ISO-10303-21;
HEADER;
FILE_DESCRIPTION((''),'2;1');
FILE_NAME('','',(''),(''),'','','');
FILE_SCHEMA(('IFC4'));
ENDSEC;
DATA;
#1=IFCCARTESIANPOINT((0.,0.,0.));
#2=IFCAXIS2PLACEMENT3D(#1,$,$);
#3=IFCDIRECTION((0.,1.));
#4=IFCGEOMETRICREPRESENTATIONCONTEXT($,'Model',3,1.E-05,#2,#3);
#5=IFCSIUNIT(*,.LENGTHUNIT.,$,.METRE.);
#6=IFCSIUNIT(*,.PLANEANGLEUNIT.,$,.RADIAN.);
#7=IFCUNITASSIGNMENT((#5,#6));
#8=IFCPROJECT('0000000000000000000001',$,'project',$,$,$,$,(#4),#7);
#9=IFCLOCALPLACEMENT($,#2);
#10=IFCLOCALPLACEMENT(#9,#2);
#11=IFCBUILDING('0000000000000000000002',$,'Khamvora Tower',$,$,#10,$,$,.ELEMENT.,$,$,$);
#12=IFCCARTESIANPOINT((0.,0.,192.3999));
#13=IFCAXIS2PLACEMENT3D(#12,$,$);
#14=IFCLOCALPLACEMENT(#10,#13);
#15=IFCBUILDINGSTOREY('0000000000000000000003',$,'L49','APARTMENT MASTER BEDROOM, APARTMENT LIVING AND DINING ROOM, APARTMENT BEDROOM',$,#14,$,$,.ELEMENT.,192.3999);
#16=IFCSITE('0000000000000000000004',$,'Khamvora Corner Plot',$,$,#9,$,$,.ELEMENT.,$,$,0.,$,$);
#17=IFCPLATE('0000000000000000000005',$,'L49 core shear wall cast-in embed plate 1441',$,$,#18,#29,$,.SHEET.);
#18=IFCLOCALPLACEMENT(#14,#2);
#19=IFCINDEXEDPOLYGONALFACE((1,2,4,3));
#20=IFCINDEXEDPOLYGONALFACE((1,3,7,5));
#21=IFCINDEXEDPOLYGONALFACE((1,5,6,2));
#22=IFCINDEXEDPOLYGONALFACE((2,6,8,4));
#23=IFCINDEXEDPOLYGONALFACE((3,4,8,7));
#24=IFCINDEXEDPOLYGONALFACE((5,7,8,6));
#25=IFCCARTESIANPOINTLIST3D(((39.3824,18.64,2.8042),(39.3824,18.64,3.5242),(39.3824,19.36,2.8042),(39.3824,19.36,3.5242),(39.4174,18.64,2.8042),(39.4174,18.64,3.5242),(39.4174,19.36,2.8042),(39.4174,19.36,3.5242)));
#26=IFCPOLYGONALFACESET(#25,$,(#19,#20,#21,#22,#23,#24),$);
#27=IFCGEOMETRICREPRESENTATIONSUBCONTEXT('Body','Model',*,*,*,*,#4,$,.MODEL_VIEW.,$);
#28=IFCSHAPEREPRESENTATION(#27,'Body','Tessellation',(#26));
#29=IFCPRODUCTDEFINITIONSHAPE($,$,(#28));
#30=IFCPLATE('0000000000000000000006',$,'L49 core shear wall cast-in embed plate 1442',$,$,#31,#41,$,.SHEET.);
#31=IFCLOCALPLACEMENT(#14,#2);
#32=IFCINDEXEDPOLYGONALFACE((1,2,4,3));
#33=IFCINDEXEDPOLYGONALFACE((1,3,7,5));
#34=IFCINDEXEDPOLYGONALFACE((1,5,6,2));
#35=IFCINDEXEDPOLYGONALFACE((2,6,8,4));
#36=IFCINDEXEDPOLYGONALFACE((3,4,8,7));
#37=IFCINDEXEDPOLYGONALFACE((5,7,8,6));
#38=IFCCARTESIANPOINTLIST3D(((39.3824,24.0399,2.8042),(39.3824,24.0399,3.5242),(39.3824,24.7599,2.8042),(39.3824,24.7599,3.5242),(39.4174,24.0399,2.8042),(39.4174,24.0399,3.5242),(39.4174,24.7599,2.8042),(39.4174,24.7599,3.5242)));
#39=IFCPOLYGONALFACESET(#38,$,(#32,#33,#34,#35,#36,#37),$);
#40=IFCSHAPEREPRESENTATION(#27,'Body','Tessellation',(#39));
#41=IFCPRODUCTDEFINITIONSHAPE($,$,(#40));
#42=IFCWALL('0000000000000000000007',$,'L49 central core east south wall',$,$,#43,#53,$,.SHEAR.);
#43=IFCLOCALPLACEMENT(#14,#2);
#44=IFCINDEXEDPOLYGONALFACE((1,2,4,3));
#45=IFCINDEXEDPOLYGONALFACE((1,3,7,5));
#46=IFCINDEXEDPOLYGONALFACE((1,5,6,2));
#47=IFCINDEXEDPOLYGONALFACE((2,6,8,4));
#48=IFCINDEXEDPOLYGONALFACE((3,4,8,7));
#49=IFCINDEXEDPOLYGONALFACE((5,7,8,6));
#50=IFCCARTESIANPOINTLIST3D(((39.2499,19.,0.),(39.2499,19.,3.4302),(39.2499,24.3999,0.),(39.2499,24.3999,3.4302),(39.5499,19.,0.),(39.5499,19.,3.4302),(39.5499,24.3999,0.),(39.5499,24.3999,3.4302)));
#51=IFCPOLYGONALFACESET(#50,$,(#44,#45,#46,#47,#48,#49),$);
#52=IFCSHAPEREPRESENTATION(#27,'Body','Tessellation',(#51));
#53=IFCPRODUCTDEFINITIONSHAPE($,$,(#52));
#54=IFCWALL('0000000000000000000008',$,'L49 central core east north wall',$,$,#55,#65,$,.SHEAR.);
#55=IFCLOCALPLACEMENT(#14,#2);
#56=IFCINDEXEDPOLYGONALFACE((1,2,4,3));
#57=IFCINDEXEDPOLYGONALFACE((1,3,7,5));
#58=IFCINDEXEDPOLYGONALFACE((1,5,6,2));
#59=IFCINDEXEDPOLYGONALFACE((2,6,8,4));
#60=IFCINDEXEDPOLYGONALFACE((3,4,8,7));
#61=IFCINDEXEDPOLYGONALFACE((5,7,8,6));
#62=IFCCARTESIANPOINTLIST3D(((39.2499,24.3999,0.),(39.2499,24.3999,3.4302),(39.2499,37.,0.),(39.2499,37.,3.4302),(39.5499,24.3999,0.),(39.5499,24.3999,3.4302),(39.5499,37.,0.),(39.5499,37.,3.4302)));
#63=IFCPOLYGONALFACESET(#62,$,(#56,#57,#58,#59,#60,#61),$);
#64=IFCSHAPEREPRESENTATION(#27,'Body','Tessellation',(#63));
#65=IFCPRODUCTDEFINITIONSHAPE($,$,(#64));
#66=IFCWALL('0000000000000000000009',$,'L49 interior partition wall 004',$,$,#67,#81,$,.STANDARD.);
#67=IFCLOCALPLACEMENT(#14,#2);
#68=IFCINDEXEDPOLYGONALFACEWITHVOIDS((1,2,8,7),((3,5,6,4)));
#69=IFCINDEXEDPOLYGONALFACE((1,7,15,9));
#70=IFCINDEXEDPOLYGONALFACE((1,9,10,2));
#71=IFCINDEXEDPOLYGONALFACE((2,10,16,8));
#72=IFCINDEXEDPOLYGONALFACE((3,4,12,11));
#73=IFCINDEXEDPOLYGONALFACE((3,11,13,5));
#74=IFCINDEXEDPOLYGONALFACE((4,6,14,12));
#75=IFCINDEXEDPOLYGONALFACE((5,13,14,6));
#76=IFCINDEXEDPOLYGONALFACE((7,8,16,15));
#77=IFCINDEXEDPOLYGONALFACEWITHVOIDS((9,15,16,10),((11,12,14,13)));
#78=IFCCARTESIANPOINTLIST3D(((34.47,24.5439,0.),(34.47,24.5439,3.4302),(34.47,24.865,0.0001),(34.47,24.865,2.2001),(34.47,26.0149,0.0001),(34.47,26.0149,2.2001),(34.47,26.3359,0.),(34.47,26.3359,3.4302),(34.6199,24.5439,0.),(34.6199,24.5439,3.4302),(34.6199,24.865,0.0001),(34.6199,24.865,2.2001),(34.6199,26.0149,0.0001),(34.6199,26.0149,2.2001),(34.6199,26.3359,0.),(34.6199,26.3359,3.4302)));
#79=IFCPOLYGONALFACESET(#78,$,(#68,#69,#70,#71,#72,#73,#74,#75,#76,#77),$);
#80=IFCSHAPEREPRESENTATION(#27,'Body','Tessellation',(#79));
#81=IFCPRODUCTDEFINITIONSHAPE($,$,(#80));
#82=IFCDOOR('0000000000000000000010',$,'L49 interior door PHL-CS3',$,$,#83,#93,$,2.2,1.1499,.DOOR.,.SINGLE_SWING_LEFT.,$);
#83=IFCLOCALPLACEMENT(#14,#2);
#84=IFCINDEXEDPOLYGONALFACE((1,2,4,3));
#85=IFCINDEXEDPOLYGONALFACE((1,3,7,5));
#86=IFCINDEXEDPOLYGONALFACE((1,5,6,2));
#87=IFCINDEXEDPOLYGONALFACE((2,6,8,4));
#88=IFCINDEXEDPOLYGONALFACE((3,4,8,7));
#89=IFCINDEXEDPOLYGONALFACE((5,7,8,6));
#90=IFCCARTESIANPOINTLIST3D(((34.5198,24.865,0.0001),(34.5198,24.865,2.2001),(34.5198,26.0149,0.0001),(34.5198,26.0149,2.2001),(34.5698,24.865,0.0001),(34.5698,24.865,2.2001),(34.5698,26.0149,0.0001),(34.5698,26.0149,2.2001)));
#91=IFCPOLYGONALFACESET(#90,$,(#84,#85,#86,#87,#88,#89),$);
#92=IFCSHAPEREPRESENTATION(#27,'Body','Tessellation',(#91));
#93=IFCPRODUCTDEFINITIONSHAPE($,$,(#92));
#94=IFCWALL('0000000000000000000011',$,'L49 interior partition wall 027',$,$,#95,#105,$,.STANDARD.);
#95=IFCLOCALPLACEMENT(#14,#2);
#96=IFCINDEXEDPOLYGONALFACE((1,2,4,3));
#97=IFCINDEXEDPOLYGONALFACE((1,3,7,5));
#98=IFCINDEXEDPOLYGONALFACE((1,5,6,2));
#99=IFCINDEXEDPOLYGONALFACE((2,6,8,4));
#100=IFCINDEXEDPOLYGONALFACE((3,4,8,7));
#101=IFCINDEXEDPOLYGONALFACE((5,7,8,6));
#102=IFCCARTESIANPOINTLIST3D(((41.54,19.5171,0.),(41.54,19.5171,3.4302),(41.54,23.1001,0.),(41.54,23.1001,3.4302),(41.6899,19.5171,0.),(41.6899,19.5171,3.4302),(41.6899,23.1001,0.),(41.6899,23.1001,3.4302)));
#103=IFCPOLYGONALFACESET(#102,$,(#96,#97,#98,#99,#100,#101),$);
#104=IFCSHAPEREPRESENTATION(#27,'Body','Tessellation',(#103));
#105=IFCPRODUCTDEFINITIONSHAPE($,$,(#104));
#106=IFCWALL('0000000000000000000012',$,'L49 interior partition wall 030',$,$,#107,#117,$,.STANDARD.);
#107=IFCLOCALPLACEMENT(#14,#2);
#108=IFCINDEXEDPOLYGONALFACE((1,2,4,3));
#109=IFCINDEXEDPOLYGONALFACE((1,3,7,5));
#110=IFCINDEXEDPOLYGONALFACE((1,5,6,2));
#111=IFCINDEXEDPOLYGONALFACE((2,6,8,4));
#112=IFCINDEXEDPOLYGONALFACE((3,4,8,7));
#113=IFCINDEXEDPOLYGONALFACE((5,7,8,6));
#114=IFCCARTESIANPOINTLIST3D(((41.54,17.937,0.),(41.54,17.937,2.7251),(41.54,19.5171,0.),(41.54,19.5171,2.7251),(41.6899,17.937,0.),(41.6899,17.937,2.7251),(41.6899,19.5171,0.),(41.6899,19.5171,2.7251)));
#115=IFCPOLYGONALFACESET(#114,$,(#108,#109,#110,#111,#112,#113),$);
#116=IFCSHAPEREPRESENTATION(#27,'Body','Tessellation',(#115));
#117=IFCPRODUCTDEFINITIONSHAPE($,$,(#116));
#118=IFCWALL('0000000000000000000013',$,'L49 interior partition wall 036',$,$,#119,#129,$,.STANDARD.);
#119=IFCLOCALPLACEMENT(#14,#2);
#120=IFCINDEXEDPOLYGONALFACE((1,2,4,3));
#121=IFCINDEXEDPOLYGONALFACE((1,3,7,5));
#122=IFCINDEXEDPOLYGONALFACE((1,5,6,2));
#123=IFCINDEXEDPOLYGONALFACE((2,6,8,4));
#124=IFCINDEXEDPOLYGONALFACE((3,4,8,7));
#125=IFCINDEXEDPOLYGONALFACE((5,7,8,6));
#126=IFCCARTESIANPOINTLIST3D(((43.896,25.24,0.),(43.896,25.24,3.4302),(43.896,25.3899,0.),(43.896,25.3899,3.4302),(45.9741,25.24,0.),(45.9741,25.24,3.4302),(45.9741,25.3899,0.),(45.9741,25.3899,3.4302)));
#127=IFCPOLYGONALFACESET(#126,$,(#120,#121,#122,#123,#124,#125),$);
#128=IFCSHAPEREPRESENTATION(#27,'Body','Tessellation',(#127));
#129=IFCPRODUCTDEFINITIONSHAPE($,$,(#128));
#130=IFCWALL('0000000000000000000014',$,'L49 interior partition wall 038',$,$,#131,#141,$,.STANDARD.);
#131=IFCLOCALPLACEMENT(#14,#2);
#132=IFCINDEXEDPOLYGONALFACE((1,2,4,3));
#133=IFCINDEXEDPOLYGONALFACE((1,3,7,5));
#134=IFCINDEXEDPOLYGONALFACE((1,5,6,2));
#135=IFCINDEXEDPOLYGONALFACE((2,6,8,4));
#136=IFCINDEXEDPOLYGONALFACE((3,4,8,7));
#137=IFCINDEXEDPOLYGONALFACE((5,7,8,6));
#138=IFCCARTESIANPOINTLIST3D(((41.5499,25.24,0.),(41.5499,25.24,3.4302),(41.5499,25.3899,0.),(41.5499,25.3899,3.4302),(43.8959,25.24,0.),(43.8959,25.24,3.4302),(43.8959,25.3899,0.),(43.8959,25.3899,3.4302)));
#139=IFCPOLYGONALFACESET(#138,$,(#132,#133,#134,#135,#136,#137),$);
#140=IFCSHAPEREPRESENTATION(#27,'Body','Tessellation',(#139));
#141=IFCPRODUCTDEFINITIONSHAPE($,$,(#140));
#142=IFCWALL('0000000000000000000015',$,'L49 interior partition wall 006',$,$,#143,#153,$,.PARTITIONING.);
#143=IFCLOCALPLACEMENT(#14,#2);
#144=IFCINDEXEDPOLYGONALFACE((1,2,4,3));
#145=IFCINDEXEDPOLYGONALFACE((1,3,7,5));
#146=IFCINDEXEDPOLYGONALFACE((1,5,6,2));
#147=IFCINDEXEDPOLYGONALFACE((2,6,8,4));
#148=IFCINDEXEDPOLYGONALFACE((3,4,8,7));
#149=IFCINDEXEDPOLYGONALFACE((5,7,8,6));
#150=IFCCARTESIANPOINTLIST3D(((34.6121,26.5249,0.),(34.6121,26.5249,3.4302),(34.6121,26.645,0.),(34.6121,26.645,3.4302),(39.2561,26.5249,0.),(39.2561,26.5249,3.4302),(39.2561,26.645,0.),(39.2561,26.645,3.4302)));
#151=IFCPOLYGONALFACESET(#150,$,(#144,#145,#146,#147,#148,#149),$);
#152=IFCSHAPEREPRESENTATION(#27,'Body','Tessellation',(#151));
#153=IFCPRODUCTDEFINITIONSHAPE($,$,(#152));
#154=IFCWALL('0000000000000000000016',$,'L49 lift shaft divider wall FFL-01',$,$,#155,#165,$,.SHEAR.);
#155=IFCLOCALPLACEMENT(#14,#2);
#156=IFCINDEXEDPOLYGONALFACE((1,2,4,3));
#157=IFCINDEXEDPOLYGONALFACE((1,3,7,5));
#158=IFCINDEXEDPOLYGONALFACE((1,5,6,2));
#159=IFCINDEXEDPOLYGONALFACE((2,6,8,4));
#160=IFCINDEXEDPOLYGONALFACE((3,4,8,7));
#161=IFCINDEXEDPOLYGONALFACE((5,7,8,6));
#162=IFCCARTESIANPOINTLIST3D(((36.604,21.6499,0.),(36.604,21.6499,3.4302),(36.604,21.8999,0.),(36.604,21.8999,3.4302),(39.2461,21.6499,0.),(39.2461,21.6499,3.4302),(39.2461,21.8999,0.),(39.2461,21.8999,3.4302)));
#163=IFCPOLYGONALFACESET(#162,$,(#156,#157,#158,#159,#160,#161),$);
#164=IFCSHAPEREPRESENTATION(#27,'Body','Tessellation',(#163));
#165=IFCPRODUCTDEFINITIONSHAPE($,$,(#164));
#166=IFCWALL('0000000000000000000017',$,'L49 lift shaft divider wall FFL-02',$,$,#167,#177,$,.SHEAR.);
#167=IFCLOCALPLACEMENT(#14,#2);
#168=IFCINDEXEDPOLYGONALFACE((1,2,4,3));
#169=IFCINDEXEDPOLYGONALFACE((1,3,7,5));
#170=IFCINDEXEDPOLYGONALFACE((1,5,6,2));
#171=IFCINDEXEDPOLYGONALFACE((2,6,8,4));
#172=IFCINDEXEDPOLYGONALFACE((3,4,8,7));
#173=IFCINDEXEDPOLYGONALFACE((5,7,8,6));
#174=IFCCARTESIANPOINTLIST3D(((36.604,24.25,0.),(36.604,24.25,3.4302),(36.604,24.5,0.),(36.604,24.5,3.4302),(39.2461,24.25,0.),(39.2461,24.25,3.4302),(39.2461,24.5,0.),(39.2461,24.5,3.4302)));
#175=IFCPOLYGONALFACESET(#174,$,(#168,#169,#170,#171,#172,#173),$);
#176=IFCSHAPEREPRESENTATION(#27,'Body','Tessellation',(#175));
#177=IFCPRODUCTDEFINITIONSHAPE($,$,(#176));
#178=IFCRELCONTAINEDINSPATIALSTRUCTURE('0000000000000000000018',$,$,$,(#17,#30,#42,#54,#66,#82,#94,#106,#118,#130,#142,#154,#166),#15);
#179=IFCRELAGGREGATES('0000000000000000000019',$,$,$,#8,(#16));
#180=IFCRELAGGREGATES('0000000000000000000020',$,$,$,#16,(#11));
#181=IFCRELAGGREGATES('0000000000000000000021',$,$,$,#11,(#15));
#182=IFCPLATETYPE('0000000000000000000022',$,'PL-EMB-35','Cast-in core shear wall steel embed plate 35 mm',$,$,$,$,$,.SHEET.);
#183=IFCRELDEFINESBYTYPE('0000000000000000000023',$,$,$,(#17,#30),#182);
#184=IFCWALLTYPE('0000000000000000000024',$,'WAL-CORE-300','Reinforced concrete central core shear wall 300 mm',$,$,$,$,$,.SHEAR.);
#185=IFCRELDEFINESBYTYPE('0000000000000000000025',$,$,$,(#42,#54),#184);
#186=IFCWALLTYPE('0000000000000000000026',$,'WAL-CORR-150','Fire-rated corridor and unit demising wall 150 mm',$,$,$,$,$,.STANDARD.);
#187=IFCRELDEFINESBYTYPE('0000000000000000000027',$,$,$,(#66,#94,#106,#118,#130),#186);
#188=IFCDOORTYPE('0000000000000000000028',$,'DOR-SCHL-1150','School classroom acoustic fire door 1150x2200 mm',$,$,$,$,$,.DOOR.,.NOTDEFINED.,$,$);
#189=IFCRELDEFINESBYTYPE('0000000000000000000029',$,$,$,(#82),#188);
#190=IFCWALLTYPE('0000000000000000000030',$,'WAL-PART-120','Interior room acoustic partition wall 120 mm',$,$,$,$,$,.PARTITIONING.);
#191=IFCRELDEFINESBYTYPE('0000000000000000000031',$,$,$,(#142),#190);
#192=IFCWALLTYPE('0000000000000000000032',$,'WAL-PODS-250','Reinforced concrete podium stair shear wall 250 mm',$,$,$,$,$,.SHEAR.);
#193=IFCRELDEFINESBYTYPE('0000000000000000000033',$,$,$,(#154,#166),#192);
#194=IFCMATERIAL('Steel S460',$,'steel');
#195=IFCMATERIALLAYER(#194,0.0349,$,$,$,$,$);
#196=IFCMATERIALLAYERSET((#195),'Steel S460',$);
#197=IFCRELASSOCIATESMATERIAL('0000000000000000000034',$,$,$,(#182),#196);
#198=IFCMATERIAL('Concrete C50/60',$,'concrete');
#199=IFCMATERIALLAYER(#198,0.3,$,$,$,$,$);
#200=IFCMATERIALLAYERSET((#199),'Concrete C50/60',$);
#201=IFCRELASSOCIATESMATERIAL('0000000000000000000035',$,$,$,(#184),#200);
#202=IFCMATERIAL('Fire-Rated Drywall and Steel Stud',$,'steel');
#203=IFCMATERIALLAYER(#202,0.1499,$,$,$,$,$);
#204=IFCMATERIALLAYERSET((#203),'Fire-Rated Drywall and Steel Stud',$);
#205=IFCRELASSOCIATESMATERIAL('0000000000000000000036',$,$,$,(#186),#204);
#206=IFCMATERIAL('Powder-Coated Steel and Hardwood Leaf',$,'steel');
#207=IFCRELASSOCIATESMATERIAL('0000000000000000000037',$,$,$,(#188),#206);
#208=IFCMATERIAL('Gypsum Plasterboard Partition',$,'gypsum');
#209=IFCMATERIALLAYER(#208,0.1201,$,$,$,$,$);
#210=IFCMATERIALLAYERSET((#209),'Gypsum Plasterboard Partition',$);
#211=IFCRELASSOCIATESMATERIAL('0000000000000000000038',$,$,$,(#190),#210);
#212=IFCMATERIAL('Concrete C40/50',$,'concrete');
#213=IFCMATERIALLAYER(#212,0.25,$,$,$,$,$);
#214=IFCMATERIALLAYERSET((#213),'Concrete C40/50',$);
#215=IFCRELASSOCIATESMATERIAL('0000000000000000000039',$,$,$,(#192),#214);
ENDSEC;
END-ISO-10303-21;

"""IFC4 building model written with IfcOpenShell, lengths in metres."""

from ifc_helpers import new_model, si_unit, direction, frame, frame_2d, origin, origin_2d, place, context, subcontext, project, spatial, rectangle, extrude, material, layer, layer_set, type_object, element, fill, save


model = new_model("IFC4")

# Units and contexts
model_context = context("Model", 3, precision=1e-05, world=origin(), true_north=direction((0.0, 1.0)))
body_context = subcontext(model_context, "Body", "Model", "MODEL_VIEW")
ifc_project = project(units=[si_unit("LENGTHUNIT", "METRE"), si_unit("PLANEANGLEUNIT", "RADIAN")], contexts=[model_context])

# Site, building, storey
site_placement = place(None, origin())
site = spatial("IfcSite", under=ifc_project, at=site_placement, Name="Khamvora Corner Plot", CompositionType="ELEMENT", RefElevation=0.0)
building_placement = place(site_placement, origin())
building = spatial("IfcBuilding", under=site, at=building_placement, Name="Khamvora Tower", CompositionType="ELEMENT")
storey_placement = place(building_placement, frame((0.0, 0.0, 192.3999)))
storey = spatial("IfcBuildingStorey", under=building, at=storey_placement, Name="L49", Description="APARTMENT MASTER BEDROOM, APARTMENT LIVING AND DINING ROOM, APARTMENT BEDROOM", CompositionType="ELEMENT", Elevation=192.3999)

# Shared definitions
ifc_material_1 = material(Name="Steel S460", Category="steel")

# Plates
ifc_layer_1 = layer(ifc_material_1, 0.0349)
ifc_layer_set_1 = layer_set([ifc_layer_1], Name="Steel S460")
plate_type = type_object("IfcPlateType", Name="PL-EMB-35", Description="Cast-in core shear wall steel embed plate 35 mm", PredefinedType="SHEET", material=ifc_layer_set_1)
for number, where, z_axis, x_axis, name in (
    (1, (39.3999, 19.0, 2.8042), (0.0, 0.0, 1.0), (1.0, 0.0, 0.0), "L49 core shear wall cast-in embed plate 1441"),
    (2, (39.3999, 24.3999, 2.8042), (0.0, 0.0, 1.0), (1.0, 0.0, 0.0), "L49 core shear wall cast-in embed plate 1442"),
):
    element("IfcPlate", number, at=place(storey_placement, frame(where, z_axis=z_axis, x_axis=x_axis)), inside=storey, type_object=plate_type, Name=name, PredefinedType="SHEET", context=body_context, shape_type="SweptSolid", body=[
        extrude(rectangle(XDim=0.0349, YDim=0.72, at=origin_2d()), origin(), (0.0, 0.0, 1.0), 0.72),
    ])

# Walls
ifc_material_2 = material(Name="Concrete C50/60", Category="concrete")
ifc_layer_2 = layer(ifc_material_2, 0.3)
ifc_layer_set_2 = layer_set([ifc_layer_2], Name="Concrete C50/60")
wall_type_1 = type_object("IfcWallType", Name="WAL-CORE-300", Description="Reinforced concrete central core shear wall 300 mm", PredefinedType="SHEAR", material=ifc_layer_set_2)
wall_1_placement = place(storey_placement, frame((39.3999, 19.0, 0.0), z_axis=(0.0, 0.0, 1.0), x_axis=(0.0, 1.0, 0.0)))
element("IfcWall", 3, at=wall_1_placement, inside=storey, type_object=wall_type_1, Name="L49 central core east south wall", PredefinedType="SHEAR", context=body_context, shape_type="SweptSolid", body=[
    extrude(rectangle(XDim=5.3999, YDim=0.3, at=frame_2d((2.7, 0.0))), origin(), (0.0, 0.0, 1.0), 3.4302),
])
wall_2_placement = place(storey_placement, frame((39.3999, 24.3999, 0.0), z_axis=(0.0, 0.0, 1.0), x_axis=(0.0, 1.0, 0.0)))
element("IfcWall", 4, at=wall_2_placement, inside=storey, type_object=wall_type_1, Name="L49 central core east north wall", PredefinedType="SHEAR", context=body_context, shape_type="SweptSolid", body=[
    extrude(rectangle(XDim=12.6001, YDim=0.3, at=frame_2d((6.3, 0.0))), origin(), (0.0, 0.0, 1.0), 3.4302),
])

# Shared definitions
ifc_material_3 = material(Name="Powder-Coated Steel and Hardwood Leaf", Category="steel")

# Wall, opening, door
ifc_material_4 = material(Name="Fire-Rated Drywall and Steel Stud", Category="steel")
ifc_layer_3 = layer(ifc_material_4, 0.1499)
ifc_layer_set_3 = layer_set([ifc_layer_3], Name="Fire-Rated Drywall and Steel Stud")
wall_type_2 = type_object("IfcWallType", Name="WAL-CORR-150", Description="Fire-rated corridor and unit demising wall 150 mm", PredefinedType="STANDARD", material=ifc_layer_set_3)
wall_3_placement = place(storey_placement, frame((34.5449, 26.3359, 0.0), z_axis=(0.0, 0.0, 1.0), x_axis=(0.0, -1.0, 0.0)))
wall_3 = element("IfcWall", 5, at=wall_3_placement, inside=storey, type_object=wall_type_2, Name="L49 interior partition wall 004", PredefinedType="STANDARD", context=body_context, shape_type="SweptSolid", body=[
    extrude(rectangle(XDim=1.792, YDim=0.1499, at=frame_2d((0.896, 0.0))), origin(), (0.0, 0.0, 1.0), 3.4302),
])
opening_1_placement = place(wall_3_placement, frame((0.321, 0.0, 0.0)))
opening_1 = element("IfcOpeningElement", 6, at=opening_1_placement, cuts=wall_3, PredefinedType="OPENING", context=body_context, shape_type="SweptSolid", body=[
    extrude(rectangle(XDim=1.1499, YDim=2.2, at=frame_2d((0.575, 1.1001))), frame((0.0, 0.085, 0.0), z_axis=(0.0, -1.0, 0.0), x_axis=(1.0, 0.0, 0.0)), (0.0, 0.0, 1.0), 0.1699),
])
door_type_1 = type_object("IfcDoorType", Name="DOR-SCHL-1150", Description="School classroom acoustic fire door 1150x2200 mm", OperationType="NOTDEFINED", PredefinedType="DOOR", material=ifc_material_3)
door_1_placement = place(opening_1_placement, origin())
door_1 = element("IfcDoor", 7, at=door_1_placement, inside=storey, type_object=door_type_1, Name="L49 interior door PHL-CS3", OperationType="SINGLE_SWING_LEFT", OverallHeight=2.2, OverallWidth=1.1499, PredefinedType="DOOR", context=body_context, shape_type="SweptSolid", body=[
    extrude(rectangle(XDim=1.1499, YDim=2.2, at=frame_2d((0.575, 1.1001))), frame((0.0, 0.0249, 0.0), z_axis=(0.0, -1.0, 0.0), x_axis=(1.0, 0.0, 0.0)), (0.0, 0.0, 1.0), 0.05),
])
fill(opening_1, door_1)

# Walls
wall_4_placement = place(storey_placement, frame((41.615, 23.1001, 0.0), z_axis=(0.0, 0.0, 1.0), x_axis=(0.0, -1.0, 0.0)))
element("IfcWall", 8, at=wall_4_placement, inside=storey, type_object=wall_type_2, Name="L49 interior partition wall 027", PredefinedType="STANDARD", context=body_context, shape_type="SweptSolid", body=[
    extrude(rectangle(XDim=3.583, YDim=0.1499, at=frame_2d((1.7915, 0.0))), origin(), (0.0, 0.0, 1.0), 3.4302),
])
wall_5_placement = place(storey_placement, frame((41.615, 19.5171, 0.0), z_axis=(0.0, 0.0, 1.0), x_axis=(0.0, -1.0, 0.0)))
element("IfcWall", 9, at=wall_5_placement, inside=storey, type_object=wall_type_2, Name="L49 interior partition wall 030", PredefinedType="STANDARD", context=body_context, shape_type="SweptSolid", body=[
    extrude(rectangle(XDim=1.5801, YDim=0.1499, at=frame_2d((0.79, 0.0))), origin(), (0.0, 0.0, 1.0), 2.7251),
])
wall_6_placement = place(storey_placement, frame((43.896, 25.3149, 0.0), z_axis=(0.0, 0.0, 1.0), x_axis=(1.0, 0.0, 0.0)))
element("IfcWall", 10, at=wall_6_placement, inside=storey, type_object=wall_type_2, Name="L49 interior partition wall 036", PredefinedType="STANDARD", context=body_context, shape_type="SweptSolid", body=[
    extrude(rectangle(XDim=2.0781, YDim=0.1499, at=frame_2d((1.0391, 0.0))), origin(), (0.0, 0.0, 1.0), 3.4302),
])
wall_7_placement = place(storey_placement, frame((41.55, 25.3149, 0.0), z_axis=(0.0, 0.0, 1.0), x_axis=(1.0, 0.0, 0.0)))
element("IfcWall", 11, at=wall_7_placement, inside=storey, type_object=wall_type_2, Name="L49 interior partition wall 038", PredefinedType="STANDARD", context=body_context, shape_type="SweptSolid", body=[
    extrude(rectangle(XDim=2.3459, YDim=0.1499, at=frame_2d((1.1729, 0.0))), origin(), (0.0, 0.0, 1.0), 3.4302),
])
ifc_material_5 = material(Name="Gypsum Plasterboard Partition", Category="gypsum")
ifc_layer_4 = layer(ifc_material_5, 0.1201)
ifc_layer_set_4 = layer_set([ifc_layer_4], Name="Gypsum Plasterboard Partition")
wall_type_3 = type_object("IfcWallType", Name="WAL-PART-120", Description="Interior room acoustic partition wall 120 mm", PredefinedType="PARTITIONING", material=ifc_layer_set_4)
wall_8_placement = place(storey_placement, frame((39.2561, 26.585, 0.0), z_axis=(0.0, 0.0, 1.0), x_axis=(-1.0, 0.0, 0.0)))
element("IfcWall", 12, at=wall_8_placement, inside=storey, type_object=wall_type_3, Name="L49 interior partition wall 006", PredefinedType="PARTITIONING", context=body_context, shape_type="SweptSolid", body=[
    extrude(rectangle(XDim=4.644, YDim=0.1201, at=frame_2d((2.322, 0.0))), origin(), (0.0, 0.0, 1.0), 3.4302),
])
ifc_material_6 = material(Name="Concrete C40/50", Category="concrete")
ifc_layer_5 = layer(ifc_material_6, 0.25)
ifc_layer_set_5 = layer_set([ifc_layer_5], Name="Concrete C40/50")
wall_type_4 = type_object("IfcWallType", Name="WAL-PODS-250", Description="Reinforced concrete podium stair shear wall 250 mm", PredefinedType="SHEAR", material=ifc_layer_set_5)
for number, where, z_axis, x_axis, name in (
    (13, (36.604, 21.7749, 0.0), (0.0, 0.0, 1.0), (1.0, 0.0, 0.0), "L49 lift shaft divider wall FFL-01"),
    (14, (36.604, 24.375, 0.0), (0.0, 0.0, 1.0), (1.0, 0.0, 0.0), "L49 lift shaft divider wall FFL-02"),
):
    element("IfcWall", number, at=place(storey_placement, frame(where, z_axis=z_axis, x_axis=x_axis)), inside=storey, type_object=wall_type_4, Name=name, PredefinedType="SHEAR", context=body_context, shape_type="SweptSolid", body=[
        extrude(rectangle(XDim=2.6421, YDim=0.25, at=frame_2d((1.321, 0.0))), origin(), (0.0, 0.0, 1.0), 3.4302),
    ])

save(model, "model.ifc")
